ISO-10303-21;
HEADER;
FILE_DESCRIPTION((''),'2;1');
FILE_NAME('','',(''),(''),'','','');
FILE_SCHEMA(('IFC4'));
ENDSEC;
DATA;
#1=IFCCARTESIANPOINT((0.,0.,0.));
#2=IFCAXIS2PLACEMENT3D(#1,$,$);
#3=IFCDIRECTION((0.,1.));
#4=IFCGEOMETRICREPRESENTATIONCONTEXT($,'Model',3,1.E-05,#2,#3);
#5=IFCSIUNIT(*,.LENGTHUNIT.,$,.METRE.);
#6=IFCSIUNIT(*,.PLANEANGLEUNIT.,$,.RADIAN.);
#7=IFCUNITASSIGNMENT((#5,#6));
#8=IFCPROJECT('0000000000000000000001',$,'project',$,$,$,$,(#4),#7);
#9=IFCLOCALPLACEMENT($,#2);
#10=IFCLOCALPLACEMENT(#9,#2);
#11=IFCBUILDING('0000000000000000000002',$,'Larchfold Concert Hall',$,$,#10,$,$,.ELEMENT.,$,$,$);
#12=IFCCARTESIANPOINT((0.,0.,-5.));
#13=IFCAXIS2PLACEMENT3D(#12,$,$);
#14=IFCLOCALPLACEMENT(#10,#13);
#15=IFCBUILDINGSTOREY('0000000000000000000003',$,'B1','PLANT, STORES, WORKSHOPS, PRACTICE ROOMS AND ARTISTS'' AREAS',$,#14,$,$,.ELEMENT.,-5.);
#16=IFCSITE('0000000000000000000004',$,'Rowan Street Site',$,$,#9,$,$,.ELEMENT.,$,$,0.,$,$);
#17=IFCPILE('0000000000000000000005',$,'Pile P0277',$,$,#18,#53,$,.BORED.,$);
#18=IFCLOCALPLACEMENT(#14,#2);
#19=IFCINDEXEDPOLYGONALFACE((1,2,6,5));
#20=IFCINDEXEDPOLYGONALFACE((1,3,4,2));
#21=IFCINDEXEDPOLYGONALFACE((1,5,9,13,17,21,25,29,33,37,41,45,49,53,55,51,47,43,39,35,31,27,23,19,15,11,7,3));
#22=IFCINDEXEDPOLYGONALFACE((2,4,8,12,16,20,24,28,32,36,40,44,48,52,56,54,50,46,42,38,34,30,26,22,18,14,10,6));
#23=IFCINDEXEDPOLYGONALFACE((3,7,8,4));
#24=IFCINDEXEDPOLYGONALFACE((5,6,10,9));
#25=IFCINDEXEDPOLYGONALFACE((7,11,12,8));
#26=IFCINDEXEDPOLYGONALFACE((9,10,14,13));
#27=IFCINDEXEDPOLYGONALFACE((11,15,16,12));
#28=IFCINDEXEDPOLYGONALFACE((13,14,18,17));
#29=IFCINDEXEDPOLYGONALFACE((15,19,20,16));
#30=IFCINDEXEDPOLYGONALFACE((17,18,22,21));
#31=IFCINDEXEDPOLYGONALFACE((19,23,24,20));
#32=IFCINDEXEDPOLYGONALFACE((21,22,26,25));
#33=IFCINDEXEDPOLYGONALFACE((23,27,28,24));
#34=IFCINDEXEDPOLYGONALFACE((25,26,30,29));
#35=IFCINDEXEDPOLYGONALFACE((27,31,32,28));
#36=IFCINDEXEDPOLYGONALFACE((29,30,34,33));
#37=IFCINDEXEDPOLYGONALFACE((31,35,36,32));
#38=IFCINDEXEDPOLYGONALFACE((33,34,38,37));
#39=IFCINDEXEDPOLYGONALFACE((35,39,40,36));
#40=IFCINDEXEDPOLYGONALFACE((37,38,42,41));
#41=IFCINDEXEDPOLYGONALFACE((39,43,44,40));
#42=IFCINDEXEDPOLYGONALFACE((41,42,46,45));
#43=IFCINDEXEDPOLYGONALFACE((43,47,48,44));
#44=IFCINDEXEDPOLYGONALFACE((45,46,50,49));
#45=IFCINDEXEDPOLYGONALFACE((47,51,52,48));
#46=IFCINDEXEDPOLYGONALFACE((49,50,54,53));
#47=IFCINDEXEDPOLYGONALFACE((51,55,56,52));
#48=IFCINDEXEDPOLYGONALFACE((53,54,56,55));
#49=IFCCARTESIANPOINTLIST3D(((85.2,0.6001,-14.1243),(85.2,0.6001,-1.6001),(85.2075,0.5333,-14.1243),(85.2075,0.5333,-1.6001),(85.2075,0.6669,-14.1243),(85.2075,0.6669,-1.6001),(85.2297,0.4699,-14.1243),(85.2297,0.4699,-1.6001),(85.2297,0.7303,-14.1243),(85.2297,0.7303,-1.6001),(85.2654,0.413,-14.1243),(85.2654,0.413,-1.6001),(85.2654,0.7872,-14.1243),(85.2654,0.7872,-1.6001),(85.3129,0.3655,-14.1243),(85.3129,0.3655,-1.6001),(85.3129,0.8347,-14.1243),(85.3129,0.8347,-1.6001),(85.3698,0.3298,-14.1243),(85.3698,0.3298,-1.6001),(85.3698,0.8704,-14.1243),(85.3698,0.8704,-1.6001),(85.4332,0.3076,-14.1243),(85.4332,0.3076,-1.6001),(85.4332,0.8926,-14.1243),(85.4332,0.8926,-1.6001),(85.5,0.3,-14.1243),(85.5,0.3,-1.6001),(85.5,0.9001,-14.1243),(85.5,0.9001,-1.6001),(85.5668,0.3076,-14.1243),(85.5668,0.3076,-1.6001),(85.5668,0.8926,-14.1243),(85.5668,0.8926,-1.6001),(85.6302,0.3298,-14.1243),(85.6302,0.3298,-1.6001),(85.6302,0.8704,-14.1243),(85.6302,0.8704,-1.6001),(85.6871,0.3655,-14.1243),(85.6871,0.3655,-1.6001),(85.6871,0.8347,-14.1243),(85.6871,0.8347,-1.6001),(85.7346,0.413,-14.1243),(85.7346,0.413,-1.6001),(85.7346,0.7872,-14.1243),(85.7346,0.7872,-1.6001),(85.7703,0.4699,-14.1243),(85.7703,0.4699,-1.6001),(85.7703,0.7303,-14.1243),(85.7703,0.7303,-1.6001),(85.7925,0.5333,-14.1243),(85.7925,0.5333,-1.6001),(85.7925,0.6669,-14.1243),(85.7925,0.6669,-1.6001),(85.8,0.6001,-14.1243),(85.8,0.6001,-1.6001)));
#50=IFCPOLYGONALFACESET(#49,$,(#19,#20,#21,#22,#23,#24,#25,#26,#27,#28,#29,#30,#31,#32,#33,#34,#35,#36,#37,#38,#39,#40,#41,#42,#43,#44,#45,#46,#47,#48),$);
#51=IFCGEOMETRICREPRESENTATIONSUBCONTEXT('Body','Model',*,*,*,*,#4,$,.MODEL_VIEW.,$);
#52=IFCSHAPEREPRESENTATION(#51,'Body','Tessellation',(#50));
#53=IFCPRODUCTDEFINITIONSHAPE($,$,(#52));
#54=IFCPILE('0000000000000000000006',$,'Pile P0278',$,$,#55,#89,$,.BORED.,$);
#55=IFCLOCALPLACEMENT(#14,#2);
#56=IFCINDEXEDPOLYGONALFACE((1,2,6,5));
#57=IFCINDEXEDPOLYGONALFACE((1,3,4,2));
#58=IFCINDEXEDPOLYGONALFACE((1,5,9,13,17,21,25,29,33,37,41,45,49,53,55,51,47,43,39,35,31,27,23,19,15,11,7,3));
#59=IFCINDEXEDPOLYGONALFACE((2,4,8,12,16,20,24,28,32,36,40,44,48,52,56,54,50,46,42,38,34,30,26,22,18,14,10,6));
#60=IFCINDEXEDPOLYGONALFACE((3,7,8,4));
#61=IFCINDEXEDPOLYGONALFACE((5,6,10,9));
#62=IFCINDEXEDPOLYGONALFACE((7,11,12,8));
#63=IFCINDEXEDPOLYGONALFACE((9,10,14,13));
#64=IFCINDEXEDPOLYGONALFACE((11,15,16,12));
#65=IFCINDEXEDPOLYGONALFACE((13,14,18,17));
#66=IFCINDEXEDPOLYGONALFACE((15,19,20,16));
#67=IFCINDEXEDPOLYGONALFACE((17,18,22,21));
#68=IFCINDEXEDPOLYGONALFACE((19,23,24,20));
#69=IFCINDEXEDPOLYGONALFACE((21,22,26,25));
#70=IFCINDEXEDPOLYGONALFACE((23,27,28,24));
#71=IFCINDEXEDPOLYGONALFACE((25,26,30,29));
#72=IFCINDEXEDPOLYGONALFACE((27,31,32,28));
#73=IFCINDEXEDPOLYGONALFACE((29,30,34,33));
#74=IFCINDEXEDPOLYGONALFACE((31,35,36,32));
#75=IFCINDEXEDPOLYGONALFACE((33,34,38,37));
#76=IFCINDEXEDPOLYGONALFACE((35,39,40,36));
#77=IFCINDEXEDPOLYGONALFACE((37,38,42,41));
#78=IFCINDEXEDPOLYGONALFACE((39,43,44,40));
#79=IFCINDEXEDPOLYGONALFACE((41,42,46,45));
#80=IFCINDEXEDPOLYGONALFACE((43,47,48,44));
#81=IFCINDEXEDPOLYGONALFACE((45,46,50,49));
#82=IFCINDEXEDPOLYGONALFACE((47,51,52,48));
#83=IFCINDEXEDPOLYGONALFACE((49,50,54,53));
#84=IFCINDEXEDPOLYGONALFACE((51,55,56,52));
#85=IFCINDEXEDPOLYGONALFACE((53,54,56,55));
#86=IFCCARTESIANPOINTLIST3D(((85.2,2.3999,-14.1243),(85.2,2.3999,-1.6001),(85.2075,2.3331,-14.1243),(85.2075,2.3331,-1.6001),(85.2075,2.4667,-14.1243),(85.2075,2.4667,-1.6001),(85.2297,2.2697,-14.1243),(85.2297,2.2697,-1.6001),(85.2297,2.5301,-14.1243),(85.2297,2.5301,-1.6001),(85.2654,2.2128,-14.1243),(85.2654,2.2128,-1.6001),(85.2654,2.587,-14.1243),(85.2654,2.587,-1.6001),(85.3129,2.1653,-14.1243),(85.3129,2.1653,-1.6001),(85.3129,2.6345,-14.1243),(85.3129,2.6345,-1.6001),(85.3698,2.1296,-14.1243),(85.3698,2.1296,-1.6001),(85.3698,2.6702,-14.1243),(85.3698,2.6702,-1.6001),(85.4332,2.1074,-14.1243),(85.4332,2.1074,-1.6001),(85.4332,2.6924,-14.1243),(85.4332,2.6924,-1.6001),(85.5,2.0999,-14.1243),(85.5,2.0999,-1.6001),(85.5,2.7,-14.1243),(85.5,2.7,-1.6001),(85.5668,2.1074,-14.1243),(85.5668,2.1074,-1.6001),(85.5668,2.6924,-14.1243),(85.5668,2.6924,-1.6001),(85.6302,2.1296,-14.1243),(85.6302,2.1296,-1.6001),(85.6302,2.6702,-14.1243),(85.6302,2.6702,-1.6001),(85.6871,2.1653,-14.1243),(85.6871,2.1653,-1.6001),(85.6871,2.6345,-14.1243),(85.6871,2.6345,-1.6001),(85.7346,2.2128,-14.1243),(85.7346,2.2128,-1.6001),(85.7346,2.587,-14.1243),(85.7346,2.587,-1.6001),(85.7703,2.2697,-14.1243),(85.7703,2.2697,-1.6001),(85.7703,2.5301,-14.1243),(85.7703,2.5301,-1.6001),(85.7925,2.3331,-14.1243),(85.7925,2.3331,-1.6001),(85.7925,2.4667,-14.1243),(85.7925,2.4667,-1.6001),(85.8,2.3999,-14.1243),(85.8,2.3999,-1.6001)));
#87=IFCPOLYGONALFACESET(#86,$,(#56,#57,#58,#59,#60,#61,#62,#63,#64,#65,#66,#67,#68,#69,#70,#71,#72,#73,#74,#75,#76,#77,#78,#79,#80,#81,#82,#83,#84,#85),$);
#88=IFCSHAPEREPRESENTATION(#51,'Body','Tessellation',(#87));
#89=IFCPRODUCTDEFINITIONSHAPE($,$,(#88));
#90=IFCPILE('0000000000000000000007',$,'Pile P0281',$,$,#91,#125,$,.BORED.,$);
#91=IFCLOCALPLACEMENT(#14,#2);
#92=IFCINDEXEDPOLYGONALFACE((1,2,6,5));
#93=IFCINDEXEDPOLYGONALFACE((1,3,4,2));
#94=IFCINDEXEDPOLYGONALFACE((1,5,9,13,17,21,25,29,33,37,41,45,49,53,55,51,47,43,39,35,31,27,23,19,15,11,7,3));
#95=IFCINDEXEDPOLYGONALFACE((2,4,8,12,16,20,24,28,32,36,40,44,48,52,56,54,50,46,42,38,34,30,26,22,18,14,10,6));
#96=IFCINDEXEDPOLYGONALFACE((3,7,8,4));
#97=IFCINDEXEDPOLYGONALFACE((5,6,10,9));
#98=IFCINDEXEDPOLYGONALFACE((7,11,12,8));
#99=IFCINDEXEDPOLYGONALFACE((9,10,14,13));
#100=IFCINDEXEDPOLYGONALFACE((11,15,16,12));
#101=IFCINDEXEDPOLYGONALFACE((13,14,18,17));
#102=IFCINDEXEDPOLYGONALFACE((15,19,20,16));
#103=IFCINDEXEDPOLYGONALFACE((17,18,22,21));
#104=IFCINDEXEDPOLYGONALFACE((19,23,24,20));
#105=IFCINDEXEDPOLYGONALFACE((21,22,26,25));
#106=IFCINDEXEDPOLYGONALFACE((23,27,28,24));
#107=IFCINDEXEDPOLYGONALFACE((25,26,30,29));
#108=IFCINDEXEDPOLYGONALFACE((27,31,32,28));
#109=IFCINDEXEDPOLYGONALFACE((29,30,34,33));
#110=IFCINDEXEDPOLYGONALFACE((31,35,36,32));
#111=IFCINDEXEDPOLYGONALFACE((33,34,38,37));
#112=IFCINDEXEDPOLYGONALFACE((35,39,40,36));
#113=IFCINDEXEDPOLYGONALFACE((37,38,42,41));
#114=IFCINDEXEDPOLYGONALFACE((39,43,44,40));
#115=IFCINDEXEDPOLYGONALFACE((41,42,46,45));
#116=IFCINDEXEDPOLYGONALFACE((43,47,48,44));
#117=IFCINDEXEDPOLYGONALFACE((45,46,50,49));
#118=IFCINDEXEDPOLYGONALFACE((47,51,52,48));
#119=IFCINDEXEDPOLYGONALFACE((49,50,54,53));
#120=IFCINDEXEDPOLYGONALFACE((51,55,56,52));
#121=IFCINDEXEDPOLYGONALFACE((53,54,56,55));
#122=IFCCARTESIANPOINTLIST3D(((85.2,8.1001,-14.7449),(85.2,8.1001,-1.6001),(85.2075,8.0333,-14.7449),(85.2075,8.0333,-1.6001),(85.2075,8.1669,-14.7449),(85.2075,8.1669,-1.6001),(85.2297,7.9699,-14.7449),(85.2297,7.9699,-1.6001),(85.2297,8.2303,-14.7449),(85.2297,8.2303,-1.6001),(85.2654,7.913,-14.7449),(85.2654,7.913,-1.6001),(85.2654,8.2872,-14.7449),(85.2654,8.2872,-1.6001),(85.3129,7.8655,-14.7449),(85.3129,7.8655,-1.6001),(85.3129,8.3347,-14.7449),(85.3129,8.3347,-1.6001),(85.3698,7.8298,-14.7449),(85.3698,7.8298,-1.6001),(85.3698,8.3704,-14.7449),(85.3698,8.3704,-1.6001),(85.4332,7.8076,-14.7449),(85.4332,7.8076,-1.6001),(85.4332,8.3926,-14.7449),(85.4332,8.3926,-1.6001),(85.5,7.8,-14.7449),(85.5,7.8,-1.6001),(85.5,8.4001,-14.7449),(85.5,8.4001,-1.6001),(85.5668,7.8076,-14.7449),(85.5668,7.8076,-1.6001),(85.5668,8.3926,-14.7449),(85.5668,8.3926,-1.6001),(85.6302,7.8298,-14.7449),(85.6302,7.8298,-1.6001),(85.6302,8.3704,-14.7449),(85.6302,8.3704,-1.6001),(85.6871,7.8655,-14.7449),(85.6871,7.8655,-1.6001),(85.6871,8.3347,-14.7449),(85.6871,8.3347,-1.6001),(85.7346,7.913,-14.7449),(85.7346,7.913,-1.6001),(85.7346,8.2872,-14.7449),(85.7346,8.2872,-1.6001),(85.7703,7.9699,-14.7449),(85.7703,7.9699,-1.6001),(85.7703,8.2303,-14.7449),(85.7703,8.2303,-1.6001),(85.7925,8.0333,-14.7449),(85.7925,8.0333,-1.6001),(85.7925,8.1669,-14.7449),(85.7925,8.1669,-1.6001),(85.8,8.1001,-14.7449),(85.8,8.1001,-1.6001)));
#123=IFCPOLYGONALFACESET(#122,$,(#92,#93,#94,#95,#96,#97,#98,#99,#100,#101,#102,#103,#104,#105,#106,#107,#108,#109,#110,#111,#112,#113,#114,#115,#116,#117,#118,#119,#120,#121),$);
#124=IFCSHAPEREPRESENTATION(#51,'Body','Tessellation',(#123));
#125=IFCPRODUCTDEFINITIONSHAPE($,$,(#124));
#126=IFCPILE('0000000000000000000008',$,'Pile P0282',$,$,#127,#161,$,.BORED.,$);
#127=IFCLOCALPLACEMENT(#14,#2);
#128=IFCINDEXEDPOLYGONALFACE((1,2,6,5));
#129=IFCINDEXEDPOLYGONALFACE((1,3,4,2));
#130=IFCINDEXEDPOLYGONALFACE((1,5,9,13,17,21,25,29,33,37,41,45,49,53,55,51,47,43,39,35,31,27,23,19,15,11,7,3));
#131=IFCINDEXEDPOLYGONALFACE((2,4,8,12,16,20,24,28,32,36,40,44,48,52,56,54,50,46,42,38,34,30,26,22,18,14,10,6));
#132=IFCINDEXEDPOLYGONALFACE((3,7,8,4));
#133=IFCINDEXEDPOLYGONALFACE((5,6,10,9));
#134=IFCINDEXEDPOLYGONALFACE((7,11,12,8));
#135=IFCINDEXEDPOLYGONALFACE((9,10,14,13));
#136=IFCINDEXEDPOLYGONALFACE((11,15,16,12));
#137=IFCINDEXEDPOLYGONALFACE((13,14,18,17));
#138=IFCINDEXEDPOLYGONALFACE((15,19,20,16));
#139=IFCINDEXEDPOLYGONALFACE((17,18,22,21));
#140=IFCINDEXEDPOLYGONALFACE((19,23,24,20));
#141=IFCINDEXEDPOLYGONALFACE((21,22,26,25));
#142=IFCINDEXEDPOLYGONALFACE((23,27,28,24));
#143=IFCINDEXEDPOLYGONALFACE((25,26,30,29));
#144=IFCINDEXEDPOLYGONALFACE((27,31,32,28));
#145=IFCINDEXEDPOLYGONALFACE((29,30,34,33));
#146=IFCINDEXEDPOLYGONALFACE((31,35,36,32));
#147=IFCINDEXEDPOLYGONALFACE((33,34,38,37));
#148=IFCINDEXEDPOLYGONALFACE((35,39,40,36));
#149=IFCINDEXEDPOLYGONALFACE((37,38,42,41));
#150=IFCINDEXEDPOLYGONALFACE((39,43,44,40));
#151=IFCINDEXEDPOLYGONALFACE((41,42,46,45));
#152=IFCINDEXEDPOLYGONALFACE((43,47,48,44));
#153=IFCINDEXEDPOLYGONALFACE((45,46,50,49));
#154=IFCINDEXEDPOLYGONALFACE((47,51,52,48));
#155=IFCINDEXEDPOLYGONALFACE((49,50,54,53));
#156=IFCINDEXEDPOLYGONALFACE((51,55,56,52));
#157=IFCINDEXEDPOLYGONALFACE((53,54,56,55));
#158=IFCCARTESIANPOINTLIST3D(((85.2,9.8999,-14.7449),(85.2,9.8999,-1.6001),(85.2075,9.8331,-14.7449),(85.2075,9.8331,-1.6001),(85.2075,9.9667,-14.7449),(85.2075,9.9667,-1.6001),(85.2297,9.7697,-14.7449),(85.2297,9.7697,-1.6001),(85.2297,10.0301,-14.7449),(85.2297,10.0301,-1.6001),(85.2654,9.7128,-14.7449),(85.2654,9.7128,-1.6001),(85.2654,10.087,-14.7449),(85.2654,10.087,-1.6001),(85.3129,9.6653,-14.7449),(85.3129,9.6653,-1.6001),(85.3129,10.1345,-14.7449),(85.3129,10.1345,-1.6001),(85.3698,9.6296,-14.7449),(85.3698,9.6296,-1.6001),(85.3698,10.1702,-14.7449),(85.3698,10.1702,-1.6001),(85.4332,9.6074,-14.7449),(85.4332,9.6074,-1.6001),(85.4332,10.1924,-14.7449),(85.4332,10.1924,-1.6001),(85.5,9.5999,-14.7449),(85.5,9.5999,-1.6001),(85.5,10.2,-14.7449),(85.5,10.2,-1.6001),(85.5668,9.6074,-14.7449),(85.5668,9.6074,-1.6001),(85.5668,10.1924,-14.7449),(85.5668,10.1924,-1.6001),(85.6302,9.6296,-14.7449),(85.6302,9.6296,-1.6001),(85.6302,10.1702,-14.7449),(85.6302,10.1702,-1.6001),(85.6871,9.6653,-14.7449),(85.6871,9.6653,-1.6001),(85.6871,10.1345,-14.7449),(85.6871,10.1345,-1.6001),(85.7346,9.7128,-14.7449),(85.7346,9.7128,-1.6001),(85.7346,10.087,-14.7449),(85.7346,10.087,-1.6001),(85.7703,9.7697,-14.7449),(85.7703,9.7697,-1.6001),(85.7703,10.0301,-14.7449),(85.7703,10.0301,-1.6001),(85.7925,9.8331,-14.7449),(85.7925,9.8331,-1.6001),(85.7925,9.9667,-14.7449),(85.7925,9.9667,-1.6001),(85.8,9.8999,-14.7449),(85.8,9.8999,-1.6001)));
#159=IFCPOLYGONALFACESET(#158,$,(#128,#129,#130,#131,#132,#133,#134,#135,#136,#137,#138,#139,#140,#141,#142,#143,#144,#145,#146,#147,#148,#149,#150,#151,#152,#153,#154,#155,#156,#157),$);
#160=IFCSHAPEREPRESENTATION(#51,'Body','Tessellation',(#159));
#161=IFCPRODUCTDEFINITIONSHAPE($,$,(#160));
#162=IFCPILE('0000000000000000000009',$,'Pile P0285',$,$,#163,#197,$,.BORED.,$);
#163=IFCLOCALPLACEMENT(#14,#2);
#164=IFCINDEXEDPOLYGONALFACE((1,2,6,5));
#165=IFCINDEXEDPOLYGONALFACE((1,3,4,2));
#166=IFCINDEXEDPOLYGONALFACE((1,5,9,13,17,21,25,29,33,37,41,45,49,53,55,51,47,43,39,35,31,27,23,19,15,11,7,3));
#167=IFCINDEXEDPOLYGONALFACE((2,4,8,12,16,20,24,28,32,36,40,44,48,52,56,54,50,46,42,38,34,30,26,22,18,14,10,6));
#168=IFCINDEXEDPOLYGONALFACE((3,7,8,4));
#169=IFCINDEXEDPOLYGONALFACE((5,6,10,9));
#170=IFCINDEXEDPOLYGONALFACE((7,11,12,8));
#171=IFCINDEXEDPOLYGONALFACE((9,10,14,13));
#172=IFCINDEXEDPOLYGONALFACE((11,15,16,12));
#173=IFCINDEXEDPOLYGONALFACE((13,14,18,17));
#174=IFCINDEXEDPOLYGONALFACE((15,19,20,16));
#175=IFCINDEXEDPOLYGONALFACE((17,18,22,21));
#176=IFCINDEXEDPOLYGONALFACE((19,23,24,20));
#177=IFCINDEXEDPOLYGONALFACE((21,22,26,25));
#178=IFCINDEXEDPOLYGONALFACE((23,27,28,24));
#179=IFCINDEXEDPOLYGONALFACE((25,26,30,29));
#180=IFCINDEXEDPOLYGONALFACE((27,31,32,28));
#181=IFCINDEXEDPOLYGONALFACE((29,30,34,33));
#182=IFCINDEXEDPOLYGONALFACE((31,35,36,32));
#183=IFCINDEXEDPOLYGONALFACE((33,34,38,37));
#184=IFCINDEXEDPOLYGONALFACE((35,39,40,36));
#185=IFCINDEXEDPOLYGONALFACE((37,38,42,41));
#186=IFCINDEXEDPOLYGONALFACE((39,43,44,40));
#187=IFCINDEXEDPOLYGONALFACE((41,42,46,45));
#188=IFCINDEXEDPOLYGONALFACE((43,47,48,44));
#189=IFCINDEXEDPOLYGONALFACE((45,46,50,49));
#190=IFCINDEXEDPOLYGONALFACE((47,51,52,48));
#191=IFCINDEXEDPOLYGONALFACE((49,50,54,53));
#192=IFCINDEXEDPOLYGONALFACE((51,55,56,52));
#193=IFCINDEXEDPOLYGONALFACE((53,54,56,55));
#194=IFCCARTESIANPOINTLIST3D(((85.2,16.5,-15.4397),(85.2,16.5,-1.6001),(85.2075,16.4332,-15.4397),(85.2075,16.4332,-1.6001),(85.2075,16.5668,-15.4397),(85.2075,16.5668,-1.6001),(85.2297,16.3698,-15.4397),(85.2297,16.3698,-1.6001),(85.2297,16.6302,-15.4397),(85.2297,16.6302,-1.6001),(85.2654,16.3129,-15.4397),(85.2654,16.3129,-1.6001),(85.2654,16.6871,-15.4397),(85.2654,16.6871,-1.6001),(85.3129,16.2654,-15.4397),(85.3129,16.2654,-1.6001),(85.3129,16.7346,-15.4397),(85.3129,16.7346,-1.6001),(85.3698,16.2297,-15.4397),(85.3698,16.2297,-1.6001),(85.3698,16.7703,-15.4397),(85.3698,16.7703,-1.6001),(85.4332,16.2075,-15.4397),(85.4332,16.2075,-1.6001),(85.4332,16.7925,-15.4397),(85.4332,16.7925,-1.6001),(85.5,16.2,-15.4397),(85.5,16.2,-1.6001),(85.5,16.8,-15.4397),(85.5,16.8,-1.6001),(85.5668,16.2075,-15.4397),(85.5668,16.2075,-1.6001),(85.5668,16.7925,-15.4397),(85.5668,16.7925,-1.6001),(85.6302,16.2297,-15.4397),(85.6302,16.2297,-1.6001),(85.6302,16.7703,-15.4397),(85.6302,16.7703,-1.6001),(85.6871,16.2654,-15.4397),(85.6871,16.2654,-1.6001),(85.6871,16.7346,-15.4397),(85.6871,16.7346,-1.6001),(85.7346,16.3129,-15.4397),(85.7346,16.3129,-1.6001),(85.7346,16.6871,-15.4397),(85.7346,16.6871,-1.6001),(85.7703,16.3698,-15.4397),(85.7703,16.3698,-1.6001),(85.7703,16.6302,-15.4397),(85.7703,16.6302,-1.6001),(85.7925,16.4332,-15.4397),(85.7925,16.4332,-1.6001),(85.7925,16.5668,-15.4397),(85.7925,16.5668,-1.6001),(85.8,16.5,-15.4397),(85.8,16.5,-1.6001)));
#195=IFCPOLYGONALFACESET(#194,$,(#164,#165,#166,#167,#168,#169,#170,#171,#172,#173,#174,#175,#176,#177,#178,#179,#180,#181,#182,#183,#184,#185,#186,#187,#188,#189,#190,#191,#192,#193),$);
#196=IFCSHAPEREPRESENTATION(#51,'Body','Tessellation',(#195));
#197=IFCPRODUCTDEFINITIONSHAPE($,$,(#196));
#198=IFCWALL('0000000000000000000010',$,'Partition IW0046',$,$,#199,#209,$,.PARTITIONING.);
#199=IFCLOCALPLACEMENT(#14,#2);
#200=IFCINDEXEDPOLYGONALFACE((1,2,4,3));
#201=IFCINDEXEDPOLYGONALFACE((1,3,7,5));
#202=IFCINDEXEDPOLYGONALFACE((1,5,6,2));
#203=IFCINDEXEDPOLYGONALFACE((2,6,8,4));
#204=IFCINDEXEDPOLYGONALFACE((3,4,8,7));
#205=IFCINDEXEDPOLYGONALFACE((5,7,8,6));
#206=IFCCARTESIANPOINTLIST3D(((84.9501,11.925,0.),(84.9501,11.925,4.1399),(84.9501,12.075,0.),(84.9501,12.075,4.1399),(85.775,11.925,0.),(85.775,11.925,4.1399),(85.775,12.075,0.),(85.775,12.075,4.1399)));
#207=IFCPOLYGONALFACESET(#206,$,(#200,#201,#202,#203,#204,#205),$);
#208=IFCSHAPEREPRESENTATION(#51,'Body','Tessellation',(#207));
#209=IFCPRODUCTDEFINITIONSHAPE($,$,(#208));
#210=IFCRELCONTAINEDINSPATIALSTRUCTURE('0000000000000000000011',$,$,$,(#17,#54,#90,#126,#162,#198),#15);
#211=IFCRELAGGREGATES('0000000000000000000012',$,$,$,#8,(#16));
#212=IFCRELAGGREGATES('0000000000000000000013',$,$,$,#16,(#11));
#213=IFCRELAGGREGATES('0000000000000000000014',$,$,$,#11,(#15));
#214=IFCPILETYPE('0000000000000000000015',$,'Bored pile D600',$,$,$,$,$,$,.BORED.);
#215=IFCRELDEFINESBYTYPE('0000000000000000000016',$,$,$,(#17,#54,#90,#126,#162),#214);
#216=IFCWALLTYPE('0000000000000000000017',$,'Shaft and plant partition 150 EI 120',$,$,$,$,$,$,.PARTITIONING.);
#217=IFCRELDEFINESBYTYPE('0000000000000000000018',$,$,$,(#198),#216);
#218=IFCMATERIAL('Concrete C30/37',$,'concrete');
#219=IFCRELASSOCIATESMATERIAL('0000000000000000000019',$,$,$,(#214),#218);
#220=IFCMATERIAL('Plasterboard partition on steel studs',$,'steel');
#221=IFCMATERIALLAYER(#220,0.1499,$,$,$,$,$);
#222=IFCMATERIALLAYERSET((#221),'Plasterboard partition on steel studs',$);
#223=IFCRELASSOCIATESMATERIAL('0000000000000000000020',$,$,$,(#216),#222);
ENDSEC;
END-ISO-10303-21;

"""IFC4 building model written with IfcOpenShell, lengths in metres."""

from ifc_helpers import new_model, si_unit, direction, frame, frame_2d, origin, origin_2d, place, context, subcontext, project, spatial, rectangle, circle, extrude, material, layer, layer_set, material_profile, profile_set, type_object, element, save


model = new_model("IFC4")

# Units and contexts
model_context = context("Model", 3, precision=1e-05, world=origin(), true_north=direction((0.0, 1.0)))
body_context = subcontext(model_context, "Body", "Model", "MODEL_VIEW")
ifc_project = project(units=[si_unit("LENGTHUNIT", "METRE"), si_unit("PLANEANGLEUNIT", "RADIAN")], contexts=[model_context])

# Site, building, storey
site_placement = place(None, origin())
site = spatial("IfcSite", under=ifc_project, at=site_placement, Name="Rowan Street Site", CompositionType="ELEMENT", RefElevation=0.0)
building_placement = place(site_placement, origin())
building = spatial("IfcBuilding", under=site, at=building_placement, Name="Larchfold Concert Hall", CompositionType="ELEMENT")
storey_placement = place(building_placement, frame((0.0, 0.0, -5.0)))
storey = spatial("IfcBuildingStorey", under=building, at=storey_placement, Name="B1", Description="PLANT, STORES, WORKSHOPS, PRACTICE ROOMS AND ARTISTS' AREAS", CompositionType="ELEMENT", Elevation=-5.0)

# Piles
ifc_material_1 = material(Name="Concrete C30/37", Category="concrete")
ifc_material_profile = material_profile(ifc_material_1, circle(Radius=0.3, at=origin_2d()))
ifc_profile_set = profile_set([ifc_material_profile], Name="Concrete C30/37")
pile_type = type_object("IfcPileType", Name="Bored pile D600", PredefinedType="BORED", material=ifc_profile_set)
for number, where, z_axis, x_axis, name in (
    (1, (85.5, 0.6001, -1.6001), (0.0, 0.0, -1.0), (1.0, 0.0, 0.0), "Pile P0277"),
    (2, (85.5, 2.3999, -1.6001), (0.0, 0.0, -1.0), (1.0, 0.0, 0.0), "Pile P0278"),
):
    element("IfcPile", number, at=place(storey_placement, frame(where, z_axis=z_axis, x_axis=x_axis)), inside=storey, type_object=pile_type, Name=name, PredefinedType="BORED", context=body_context, shape_type="SweptSolid", body=[
        extrude(circle(Radius=0.3, at=origin_2d()), origin(), (0.0, 0.0, 1.0), 12.5242),
    ])
for number, where, z_axis, x_axis, name in (
    (3, (85.5, 8.1001, -1.6001), (0.0, 0.0, -1.0), (1.0, 0.0, 0.0), "Pile P0281"),
    (4, (85.5, 9.8999, -1.6001), (0.0, 0.0, -1.0), (1.0, 0.0, 0.0), "Pile P0282"),
):
    element("IfcPile", number, at=place(storey_placement, frame(where, z_axis=z_axis, x_axis=x_axis)), inside=storey, type_object=pile_type, Name=name, PredefinedType="BORED", context=body_context, shape_type="SweptSolid", body=[
        extrude(circle(Radius=0.3, at=origin_2d()), origin(), (0.0, 0.0, 1.0), 13.1448),
    ])
pile_placement = place(storey_placement, frame((85.5, 16.5, -1.6001), z_axis=(0.0, 0.0, -1.0), x_axis=(1.0, 0.0, 0.0)))
element("IfcPile", 5, at=pile_placement, inside=storey, type_object=pile_type, Name="Pile P0285", PredefinedType="BORED", context=body_context, shape_type="SweptSolid", body=[
    extrude(circle(Radius=0.3, at=origin_2d()), origin(), (0.0, 0.0, 1.0), 13.8396),
])

# Wall
ifc_material_2 = material(Name="Plasterboard partition on steel studs", Category="steel")
ifc_layer_1 = layer(ifc_material_2, 0.1499)
ifc_layer_set_1 = layer_set([ifc_layer_1], Name="Plasterboard partition on steel studs")
wall_type_1 = type_object("IfcWallType", Name="Shaft and plant partition 150 EI 120", PredefinedType="PARTITIONING", material=ifc_layer_set_1)
wall_1_placement = place(storey_placement, frame((84.95, 12.0, 0.0), z_axis=(0.0, 0.0, 1.0), x_axis=(1.0, 0.0, 0.0)))
element("IfcWall", 6, at=wall_1_placement, inside=storey, type_object=wall_type_1, Name="Partition IW0046", PredefinedType="PARTITIONING", context=body_context, shape_type="SweptSolid", body=[
    extrude(rectangle(XDim=0.825, YDim=0.1499, at=frame_2d((0.4126, 0.0))), origin(), (0.0, 0.0, 1.0), 4.1399),
])

save(model, "model.ifc")
